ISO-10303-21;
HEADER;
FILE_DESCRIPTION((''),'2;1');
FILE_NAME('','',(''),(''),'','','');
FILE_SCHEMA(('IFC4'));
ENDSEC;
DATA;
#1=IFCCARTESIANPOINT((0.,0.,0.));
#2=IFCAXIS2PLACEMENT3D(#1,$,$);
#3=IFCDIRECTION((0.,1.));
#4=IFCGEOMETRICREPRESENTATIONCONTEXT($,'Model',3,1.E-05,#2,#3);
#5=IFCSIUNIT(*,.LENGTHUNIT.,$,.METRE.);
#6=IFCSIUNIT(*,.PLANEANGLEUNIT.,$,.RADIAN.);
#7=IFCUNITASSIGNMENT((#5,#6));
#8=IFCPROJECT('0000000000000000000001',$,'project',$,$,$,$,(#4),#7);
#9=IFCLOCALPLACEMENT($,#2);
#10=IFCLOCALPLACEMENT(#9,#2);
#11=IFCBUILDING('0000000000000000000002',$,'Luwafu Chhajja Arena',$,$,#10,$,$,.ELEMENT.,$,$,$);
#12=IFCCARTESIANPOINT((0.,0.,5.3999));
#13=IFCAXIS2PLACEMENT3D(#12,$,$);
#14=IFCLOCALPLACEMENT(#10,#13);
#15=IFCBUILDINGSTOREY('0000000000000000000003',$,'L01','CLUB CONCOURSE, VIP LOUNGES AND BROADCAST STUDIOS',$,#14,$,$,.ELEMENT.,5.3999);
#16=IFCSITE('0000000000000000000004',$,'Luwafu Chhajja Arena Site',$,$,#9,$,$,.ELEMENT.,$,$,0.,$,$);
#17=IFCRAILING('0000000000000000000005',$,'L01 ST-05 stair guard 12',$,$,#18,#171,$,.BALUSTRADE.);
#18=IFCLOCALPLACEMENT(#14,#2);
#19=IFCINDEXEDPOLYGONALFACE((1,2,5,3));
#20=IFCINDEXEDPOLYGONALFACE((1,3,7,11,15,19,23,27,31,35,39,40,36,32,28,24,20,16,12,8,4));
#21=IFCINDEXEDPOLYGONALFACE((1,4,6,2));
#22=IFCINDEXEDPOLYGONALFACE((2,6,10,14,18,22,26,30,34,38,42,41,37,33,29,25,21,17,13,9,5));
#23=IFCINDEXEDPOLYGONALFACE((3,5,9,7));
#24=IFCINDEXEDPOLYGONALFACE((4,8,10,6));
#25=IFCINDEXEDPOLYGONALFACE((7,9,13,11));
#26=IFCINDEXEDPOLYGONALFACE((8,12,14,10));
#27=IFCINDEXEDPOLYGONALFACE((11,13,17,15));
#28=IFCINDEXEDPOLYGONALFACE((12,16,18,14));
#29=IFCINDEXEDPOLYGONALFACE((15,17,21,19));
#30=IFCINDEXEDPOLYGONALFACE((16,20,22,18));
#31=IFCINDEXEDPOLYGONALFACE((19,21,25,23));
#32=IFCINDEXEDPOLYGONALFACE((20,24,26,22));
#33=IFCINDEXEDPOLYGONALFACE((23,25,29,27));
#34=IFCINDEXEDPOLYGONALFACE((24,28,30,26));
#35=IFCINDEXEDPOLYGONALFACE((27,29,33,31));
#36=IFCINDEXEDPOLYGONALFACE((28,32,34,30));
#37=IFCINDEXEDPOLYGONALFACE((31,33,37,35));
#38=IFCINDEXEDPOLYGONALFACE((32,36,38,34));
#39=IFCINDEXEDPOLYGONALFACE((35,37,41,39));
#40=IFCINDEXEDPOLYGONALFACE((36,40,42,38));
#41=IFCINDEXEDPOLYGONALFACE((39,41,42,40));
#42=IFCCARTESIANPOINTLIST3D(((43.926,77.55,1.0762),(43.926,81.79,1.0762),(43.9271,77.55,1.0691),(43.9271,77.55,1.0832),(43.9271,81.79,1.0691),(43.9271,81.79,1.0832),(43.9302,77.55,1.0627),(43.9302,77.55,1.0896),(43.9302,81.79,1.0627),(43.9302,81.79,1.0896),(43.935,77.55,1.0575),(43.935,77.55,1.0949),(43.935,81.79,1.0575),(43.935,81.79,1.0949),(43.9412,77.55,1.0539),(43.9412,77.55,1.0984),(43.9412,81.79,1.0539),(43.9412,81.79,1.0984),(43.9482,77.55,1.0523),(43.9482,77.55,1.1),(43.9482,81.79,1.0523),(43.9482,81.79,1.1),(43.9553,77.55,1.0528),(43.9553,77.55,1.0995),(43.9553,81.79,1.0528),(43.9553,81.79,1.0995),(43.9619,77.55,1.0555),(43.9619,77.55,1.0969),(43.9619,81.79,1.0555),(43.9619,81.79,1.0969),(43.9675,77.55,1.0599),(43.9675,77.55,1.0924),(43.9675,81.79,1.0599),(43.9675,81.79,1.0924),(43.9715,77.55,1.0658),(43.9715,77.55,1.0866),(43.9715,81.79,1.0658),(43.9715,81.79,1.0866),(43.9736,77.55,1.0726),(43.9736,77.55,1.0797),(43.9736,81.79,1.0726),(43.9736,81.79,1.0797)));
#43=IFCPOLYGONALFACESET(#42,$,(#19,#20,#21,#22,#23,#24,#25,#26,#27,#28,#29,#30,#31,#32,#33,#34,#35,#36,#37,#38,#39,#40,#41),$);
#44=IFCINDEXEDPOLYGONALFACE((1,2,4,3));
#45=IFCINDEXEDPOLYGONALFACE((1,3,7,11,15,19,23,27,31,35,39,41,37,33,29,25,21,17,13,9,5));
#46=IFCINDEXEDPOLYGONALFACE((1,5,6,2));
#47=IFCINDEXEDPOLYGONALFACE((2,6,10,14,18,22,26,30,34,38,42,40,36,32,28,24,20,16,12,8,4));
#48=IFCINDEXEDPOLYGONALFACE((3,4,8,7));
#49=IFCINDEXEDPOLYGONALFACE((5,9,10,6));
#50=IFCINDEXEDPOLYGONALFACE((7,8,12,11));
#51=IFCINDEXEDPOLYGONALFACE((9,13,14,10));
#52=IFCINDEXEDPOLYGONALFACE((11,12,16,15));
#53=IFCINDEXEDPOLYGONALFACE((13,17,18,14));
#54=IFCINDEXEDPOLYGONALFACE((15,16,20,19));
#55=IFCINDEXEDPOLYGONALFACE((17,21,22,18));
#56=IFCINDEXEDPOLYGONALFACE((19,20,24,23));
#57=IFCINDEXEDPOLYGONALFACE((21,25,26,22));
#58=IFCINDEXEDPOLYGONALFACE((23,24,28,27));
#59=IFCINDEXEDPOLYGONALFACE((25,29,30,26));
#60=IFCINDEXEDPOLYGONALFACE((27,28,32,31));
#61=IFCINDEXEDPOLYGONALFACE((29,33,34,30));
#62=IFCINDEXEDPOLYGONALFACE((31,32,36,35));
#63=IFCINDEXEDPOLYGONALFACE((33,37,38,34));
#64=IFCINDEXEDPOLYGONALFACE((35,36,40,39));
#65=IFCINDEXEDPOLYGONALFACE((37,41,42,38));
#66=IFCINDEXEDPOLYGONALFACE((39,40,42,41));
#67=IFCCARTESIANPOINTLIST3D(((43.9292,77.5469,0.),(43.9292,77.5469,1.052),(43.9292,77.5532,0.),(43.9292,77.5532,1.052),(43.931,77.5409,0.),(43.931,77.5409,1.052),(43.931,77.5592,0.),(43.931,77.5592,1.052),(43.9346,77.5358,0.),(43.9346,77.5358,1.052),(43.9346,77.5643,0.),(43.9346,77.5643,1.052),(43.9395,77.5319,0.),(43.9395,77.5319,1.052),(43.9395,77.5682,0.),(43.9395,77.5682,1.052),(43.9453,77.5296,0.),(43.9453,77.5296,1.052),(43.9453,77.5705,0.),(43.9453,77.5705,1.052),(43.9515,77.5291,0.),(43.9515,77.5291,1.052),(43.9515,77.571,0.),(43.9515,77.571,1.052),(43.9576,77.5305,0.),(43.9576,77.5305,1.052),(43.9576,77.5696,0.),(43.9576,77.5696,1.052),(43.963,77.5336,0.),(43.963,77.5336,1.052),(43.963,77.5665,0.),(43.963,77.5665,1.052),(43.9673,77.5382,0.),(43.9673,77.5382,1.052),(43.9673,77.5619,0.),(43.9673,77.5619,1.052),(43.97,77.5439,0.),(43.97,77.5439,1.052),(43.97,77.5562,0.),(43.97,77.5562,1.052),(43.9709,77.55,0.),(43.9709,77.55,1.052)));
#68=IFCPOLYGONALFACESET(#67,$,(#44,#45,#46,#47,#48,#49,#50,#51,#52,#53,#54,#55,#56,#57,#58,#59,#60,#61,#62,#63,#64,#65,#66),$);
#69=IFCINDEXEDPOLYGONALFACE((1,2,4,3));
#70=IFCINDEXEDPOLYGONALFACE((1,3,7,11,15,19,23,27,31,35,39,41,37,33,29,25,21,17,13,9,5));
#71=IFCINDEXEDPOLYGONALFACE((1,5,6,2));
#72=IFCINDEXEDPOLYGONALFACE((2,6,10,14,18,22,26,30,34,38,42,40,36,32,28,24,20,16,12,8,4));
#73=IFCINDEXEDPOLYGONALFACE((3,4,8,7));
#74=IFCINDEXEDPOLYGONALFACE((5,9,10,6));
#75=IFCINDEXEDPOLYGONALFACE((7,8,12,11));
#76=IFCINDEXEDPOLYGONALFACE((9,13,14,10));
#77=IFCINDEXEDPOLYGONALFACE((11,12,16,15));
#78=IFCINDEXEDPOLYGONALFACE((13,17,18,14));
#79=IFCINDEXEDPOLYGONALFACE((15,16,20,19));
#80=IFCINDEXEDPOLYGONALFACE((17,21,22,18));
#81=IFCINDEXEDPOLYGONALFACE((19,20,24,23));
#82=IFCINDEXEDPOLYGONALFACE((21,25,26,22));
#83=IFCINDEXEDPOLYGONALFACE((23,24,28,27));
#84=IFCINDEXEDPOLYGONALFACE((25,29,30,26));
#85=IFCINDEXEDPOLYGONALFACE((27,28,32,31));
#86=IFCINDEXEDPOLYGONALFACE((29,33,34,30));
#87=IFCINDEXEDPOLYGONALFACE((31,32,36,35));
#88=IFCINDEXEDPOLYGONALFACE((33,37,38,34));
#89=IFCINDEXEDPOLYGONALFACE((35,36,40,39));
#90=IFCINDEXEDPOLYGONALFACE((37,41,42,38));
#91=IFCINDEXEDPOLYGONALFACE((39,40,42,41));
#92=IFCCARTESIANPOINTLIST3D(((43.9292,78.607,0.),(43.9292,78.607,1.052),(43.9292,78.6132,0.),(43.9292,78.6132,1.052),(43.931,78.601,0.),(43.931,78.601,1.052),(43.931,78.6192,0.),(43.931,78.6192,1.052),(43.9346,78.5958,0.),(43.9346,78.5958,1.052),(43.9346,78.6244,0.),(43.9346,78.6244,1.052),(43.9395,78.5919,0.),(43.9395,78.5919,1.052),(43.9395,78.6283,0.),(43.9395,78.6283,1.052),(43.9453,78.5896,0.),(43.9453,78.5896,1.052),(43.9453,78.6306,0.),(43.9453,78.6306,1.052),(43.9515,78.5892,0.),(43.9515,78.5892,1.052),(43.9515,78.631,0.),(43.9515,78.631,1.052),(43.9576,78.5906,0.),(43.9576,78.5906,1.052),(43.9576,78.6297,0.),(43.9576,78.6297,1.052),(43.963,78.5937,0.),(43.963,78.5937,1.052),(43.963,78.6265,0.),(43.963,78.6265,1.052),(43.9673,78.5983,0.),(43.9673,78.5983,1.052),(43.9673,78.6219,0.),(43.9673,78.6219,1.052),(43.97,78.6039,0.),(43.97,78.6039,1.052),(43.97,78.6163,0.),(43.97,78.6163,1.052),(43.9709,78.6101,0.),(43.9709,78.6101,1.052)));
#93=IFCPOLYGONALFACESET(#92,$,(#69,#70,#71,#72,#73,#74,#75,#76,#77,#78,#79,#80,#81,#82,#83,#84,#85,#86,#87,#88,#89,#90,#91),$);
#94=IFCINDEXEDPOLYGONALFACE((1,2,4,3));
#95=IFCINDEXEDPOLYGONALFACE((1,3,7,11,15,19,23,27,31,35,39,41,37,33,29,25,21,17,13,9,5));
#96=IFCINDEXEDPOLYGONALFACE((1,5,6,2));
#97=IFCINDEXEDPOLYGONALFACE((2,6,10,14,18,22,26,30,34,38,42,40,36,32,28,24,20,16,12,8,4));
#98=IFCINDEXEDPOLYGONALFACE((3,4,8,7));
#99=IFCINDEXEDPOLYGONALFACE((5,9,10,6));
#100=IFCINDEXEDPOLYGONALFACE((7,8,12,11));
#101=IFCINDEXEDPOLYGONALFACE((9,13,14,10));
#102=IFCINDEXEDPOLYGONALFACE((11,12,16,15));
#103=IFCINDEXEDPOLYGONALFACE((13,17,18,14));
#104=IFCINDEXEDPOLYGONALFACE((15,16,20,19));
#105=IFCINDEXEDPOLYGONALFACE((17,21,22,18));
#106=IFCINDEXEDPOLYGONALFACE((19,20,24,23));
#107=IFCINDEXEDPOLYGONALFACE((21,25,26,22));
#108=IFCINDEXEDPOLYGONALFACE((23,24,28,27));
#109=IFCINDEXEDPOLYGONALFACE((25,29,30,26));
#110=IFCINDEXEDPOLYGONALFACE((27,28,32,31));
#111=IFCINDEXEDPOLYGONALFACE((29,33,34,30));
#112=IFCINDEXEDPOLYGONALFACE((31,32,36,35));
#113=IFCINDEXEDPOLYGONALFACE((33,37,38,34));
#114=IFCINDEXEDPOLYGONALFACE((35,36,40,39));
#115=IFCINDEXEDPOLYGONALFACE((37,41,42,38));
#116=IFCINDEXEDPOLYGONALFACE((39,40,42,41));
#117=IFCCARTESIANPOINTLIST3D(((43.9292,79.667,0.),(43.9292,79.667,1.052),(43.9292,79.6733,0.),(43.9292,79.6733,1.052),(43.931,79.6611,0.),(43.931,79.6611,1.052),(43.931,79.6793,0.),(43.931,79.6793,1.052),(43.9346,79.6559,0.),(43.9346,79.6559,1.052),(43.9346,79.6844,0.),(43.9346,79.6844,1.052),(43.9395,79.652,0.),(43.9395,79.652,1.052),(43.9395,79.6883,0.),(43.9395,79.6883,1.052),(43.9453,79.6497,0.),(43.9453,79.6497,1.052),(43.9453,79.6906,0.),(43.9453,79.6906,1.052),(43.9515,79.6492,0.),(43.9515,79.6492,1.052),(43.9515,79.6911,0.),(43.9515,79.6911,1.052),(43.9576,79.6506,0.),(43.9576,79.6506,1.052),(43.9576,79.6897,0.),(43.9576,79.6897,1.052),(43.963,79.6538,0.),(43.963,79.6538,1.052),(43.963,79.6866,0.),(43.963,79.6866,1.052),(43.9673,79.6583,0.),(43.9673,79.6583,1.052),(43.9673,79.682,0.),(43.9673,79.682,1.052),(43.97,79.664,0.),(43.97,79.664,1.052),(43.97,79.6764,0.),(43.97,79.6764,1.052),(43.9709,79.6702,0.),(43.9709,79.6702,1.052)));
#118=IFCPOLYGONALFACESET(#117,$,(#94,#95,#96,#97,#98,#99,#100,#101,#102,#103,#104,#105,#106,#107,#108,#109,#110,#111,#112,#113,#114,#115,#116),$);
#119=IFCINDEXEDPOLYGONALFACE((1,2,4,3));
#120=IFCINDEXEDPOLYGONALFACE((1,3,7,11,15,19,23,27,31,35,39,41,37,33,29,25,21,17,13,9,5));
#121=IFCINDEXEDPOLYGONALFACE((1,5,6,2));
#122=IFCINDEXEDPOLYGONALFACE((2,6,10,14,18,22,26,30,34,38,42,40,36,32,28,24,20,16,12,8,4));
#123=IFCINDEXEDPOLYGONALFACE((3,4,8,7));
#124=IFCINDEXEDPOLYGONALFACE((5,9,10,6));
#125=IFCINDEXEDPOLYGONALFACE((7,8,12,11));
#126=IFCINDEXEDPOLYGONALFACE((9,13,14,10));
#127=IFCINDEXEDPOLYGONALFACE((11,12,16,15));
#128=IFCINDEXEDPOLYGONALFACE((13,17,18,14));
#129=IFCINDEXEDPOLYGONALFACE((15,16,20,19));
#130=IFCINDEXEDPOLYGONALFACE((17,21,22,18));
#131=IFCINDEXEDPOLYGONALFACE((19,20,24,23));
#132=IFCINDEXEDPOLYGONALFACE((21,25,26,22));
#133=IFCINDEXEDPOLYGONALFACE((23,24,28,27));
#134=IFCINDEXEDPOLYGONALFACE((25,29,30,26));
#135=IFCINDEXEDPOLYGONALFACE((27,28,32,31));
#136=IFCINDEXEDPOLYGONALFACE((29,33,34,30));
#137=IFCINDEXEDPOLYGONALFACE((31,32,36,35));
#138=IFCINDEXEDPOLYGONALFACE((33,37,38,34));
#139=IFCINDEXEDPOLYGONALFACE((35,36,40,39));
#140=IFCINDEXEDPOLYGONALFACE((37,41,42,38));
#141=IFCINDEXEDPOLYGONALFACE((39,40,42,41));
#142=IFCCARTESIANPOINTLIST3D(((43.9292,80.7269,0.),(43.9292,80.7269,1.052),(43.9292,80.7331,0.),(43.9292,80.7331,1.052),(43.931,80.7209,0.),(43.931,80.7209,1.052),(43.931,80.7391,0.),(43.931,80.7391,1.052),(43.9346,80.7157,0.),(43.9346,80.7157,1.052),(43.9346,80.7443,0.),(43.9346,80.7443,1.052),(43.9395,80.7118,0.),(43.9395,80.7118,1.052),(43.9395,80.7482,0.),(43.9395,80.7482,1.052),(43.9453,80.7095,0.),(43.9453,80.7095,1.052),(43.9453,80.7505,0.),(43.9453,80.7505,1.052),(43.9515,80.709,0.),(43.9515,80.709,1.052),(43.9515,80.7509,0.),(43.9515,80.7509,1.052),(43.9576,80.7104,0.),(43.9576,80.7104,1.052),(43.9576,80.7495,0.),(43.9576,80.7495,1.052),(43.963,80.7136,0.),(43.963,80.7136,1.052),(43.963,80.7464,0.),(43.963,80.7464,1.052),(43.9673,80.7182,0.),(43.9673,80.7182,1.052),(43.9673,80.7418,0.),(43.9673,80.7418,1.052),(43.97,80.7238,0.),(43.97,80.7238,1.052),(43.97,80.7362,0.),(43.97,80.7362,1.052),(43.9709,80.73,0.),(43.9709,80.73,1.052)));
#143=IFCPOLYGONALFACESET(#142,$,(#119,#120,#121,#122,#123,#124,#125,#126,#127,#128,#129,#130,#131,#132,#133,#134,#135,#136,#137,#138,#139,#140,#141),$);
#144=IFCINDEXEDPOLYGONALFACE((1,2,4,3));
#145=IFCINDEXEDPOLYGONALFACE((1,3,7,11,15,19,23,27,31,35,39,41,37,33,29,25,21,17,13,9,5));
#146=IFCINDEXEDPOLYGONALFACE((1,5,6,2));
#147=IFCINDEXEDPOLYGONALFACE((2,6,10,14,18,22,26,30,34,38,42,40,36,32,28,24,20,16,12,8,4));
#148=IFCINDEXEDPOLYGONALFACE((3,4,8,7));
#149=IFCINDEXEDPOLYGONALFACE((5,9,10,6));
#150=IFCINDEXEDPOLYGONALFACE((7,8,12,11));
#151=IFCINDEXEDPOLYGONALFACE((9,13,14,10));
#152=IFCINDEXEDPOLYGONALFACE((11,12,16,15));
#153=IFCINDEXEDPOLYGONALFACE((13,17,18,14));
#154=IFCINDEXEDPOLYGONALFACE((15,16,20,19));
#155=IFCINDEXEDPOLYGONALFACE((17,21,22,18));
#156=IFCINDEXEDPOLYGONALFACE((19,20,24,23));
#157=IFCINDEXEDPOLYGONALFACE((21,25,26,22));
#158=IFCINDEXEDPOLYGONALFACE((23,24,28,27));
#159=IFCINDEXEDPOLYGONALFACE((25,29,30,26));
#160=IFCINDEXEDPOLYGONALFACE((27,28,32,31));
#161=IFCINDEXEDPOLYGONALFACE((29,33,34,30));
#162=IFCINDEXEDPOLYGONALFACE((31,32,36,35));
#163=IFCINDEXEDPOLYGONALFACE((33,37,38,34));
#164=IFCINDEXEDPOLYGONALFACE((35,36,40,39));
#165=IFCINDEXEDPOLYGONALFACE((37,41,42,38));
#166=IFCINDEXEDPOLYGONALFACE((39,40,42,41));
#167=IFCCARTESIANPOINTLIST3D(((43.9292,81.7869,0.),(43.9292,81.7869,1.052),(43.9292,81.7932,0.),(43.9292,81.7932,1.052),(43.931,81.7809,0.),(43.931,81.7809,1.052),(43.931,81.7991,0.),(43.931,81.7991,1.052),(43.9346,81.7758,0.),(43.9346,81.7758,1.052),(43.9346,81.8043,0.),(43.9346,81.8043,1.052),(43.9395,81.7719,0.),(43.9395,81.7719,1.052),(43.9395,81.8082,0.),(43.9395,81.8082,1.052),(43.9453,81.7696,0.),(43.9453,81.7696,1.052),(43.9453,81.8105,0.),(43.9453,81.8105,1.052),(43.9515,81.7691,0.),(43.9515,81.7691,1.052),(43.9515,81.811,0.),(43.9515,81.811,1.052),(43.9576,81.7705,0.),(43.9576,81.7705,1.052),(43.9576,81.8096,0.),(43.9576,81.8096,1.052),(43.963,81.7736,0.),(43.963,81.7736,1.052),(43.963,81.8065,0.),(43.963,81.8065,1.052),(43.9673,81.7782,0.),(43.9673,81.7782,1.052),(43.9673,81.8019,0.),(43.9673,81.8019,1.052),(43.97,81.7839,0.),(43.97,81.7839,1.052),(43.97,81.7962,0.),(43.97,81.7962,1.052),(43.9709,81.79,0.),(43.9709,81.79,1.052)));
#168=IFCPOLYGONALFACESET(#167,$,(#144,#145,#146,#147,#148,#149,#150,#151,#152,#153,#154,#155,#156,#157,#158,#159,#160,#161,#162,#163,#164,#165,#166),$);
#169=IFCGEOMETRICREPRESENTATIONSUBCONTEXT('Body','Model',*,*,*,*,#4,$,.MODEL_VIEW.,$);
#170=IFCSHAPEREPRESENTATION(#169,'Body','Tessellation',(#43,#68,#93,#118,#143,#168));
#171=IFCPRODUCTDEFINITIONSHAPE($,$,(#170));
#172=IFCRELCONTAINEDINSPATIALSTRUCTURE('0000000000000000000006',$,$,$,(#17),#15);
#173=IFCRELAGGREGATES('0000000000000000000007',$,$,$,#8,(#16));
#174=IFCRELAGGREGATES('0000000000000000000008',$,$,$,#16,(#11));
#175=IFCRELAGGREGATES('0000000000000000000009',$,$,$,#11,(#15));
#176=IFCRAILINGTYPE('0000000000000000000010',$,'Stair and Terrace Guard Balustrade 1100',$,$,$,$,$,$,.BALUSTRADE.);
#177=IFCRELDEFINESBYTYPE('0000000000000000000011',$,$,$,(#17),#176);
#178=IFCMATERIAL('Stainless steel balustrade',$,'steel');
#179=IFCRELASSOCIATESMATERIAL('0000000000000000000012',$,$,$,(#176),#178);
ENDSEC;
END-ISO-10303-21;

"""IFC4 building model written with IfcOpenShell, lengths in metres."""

from ifc_helpers import new_model, si_unit, direction, frame, origin, origin_2d, place, context, subcontext, project, spatial, circle, extrude, material, type_object, element, save


model = new_model("IFC4")

# Units and contexts
model_context = context("Model", 3, precision=1e-05, world=origin(), true_north=direction((0.0, 1.0)))
body_context = subcontext(model_context, "Body", "Model", "MODEL_VIEW")
ifc_project = project(units=[si_unit("LENGTHUNIT", "METRE"), si_unit("PLANEANGLEUNIT", "RADIAN")], contexts=[model_context])

# Site, building, storey
site_placement = place(None, origin())
site = spatial("IfcSite", under=ifc_project, at=site_placement, Name="Luwafu Chhajja Arena Site", CompositionType="ELEMENT", RefElevation=0.0)
building_placement = place(site_placement, origin())
building = spatial("IfcBuilding", under=site, at=building_placement, Name="Luwafu Chhajja Arena", CompositionType="ELEMENT")
storey_placement = place(building_placement, frame((0.0, 0.0, 5.3999)))
storey = spatial("IfcBuildingStorey", under=building, at=storey_placement, Name="L01", Description="CLUB CONCOURSE, VIP LOUNGES AND BROADCAST STUDIOS", CompositionType="ELEMENT", Elevation=5.3999)

# Railing
ifc_material_1 = material(Name="Stainless steel balustrade", Category="steel")
railing_type_1 = type_object("IfcRailingType", Name="Stair and Terrace Guard Balustrade 1100", PredefinedType="BALUSTRADE", material=ifc_material_1)
railing_1_placement = place(storey_placement, frame((43.95, 77.55, 0.0)))
element("IfcRailing", 1, at=railing_1_placement, inside=storey, type_object=railing_type_1, Name="L01 ST-05 stair guard 12", PredefinedType="BALUSTRADE", context=body_context, shape_type="SweptSolid", body=[
    extrude(circle(Radius=0.0239, at=origin_2d()), frame((0.0, 0.0, 1.0762), z_axis=(0.0, 1.0, 0.0), x_axis=(-1.0, 0.0, 0.0)), (0.0, 0.0, 1.0), 4.24),
    extrude(circle(Radius=0.021, at=origin_2d()), origin(), (0.0, 0.0, 1.0), 1.052),
    extrude(circle(Radius=0.021, at=origin_2d()), frame((0.0, 1.0601, 0.0)), (0.0, 0.0, 1.0), 1.052),
    extrude(circle(Radius=0.021, at=origin_2d()), frame((0.0, 2.1201, 0.0)), (0.0, 0.0, 1.0), 1.052),
    extrude(circle(Radius=0.021, at=origin_2d()), frame((0.0, 3.1799, 0.0)), (0.0, 0.0, 1.0), 1.052),
    extrude(circle(Radius=0.021, at=origin_2d()), frame((0.0, 4.24, 0.0)), (0.0, 0.0, 1.0), 1.052),
])

save(model, "model.ifc")
